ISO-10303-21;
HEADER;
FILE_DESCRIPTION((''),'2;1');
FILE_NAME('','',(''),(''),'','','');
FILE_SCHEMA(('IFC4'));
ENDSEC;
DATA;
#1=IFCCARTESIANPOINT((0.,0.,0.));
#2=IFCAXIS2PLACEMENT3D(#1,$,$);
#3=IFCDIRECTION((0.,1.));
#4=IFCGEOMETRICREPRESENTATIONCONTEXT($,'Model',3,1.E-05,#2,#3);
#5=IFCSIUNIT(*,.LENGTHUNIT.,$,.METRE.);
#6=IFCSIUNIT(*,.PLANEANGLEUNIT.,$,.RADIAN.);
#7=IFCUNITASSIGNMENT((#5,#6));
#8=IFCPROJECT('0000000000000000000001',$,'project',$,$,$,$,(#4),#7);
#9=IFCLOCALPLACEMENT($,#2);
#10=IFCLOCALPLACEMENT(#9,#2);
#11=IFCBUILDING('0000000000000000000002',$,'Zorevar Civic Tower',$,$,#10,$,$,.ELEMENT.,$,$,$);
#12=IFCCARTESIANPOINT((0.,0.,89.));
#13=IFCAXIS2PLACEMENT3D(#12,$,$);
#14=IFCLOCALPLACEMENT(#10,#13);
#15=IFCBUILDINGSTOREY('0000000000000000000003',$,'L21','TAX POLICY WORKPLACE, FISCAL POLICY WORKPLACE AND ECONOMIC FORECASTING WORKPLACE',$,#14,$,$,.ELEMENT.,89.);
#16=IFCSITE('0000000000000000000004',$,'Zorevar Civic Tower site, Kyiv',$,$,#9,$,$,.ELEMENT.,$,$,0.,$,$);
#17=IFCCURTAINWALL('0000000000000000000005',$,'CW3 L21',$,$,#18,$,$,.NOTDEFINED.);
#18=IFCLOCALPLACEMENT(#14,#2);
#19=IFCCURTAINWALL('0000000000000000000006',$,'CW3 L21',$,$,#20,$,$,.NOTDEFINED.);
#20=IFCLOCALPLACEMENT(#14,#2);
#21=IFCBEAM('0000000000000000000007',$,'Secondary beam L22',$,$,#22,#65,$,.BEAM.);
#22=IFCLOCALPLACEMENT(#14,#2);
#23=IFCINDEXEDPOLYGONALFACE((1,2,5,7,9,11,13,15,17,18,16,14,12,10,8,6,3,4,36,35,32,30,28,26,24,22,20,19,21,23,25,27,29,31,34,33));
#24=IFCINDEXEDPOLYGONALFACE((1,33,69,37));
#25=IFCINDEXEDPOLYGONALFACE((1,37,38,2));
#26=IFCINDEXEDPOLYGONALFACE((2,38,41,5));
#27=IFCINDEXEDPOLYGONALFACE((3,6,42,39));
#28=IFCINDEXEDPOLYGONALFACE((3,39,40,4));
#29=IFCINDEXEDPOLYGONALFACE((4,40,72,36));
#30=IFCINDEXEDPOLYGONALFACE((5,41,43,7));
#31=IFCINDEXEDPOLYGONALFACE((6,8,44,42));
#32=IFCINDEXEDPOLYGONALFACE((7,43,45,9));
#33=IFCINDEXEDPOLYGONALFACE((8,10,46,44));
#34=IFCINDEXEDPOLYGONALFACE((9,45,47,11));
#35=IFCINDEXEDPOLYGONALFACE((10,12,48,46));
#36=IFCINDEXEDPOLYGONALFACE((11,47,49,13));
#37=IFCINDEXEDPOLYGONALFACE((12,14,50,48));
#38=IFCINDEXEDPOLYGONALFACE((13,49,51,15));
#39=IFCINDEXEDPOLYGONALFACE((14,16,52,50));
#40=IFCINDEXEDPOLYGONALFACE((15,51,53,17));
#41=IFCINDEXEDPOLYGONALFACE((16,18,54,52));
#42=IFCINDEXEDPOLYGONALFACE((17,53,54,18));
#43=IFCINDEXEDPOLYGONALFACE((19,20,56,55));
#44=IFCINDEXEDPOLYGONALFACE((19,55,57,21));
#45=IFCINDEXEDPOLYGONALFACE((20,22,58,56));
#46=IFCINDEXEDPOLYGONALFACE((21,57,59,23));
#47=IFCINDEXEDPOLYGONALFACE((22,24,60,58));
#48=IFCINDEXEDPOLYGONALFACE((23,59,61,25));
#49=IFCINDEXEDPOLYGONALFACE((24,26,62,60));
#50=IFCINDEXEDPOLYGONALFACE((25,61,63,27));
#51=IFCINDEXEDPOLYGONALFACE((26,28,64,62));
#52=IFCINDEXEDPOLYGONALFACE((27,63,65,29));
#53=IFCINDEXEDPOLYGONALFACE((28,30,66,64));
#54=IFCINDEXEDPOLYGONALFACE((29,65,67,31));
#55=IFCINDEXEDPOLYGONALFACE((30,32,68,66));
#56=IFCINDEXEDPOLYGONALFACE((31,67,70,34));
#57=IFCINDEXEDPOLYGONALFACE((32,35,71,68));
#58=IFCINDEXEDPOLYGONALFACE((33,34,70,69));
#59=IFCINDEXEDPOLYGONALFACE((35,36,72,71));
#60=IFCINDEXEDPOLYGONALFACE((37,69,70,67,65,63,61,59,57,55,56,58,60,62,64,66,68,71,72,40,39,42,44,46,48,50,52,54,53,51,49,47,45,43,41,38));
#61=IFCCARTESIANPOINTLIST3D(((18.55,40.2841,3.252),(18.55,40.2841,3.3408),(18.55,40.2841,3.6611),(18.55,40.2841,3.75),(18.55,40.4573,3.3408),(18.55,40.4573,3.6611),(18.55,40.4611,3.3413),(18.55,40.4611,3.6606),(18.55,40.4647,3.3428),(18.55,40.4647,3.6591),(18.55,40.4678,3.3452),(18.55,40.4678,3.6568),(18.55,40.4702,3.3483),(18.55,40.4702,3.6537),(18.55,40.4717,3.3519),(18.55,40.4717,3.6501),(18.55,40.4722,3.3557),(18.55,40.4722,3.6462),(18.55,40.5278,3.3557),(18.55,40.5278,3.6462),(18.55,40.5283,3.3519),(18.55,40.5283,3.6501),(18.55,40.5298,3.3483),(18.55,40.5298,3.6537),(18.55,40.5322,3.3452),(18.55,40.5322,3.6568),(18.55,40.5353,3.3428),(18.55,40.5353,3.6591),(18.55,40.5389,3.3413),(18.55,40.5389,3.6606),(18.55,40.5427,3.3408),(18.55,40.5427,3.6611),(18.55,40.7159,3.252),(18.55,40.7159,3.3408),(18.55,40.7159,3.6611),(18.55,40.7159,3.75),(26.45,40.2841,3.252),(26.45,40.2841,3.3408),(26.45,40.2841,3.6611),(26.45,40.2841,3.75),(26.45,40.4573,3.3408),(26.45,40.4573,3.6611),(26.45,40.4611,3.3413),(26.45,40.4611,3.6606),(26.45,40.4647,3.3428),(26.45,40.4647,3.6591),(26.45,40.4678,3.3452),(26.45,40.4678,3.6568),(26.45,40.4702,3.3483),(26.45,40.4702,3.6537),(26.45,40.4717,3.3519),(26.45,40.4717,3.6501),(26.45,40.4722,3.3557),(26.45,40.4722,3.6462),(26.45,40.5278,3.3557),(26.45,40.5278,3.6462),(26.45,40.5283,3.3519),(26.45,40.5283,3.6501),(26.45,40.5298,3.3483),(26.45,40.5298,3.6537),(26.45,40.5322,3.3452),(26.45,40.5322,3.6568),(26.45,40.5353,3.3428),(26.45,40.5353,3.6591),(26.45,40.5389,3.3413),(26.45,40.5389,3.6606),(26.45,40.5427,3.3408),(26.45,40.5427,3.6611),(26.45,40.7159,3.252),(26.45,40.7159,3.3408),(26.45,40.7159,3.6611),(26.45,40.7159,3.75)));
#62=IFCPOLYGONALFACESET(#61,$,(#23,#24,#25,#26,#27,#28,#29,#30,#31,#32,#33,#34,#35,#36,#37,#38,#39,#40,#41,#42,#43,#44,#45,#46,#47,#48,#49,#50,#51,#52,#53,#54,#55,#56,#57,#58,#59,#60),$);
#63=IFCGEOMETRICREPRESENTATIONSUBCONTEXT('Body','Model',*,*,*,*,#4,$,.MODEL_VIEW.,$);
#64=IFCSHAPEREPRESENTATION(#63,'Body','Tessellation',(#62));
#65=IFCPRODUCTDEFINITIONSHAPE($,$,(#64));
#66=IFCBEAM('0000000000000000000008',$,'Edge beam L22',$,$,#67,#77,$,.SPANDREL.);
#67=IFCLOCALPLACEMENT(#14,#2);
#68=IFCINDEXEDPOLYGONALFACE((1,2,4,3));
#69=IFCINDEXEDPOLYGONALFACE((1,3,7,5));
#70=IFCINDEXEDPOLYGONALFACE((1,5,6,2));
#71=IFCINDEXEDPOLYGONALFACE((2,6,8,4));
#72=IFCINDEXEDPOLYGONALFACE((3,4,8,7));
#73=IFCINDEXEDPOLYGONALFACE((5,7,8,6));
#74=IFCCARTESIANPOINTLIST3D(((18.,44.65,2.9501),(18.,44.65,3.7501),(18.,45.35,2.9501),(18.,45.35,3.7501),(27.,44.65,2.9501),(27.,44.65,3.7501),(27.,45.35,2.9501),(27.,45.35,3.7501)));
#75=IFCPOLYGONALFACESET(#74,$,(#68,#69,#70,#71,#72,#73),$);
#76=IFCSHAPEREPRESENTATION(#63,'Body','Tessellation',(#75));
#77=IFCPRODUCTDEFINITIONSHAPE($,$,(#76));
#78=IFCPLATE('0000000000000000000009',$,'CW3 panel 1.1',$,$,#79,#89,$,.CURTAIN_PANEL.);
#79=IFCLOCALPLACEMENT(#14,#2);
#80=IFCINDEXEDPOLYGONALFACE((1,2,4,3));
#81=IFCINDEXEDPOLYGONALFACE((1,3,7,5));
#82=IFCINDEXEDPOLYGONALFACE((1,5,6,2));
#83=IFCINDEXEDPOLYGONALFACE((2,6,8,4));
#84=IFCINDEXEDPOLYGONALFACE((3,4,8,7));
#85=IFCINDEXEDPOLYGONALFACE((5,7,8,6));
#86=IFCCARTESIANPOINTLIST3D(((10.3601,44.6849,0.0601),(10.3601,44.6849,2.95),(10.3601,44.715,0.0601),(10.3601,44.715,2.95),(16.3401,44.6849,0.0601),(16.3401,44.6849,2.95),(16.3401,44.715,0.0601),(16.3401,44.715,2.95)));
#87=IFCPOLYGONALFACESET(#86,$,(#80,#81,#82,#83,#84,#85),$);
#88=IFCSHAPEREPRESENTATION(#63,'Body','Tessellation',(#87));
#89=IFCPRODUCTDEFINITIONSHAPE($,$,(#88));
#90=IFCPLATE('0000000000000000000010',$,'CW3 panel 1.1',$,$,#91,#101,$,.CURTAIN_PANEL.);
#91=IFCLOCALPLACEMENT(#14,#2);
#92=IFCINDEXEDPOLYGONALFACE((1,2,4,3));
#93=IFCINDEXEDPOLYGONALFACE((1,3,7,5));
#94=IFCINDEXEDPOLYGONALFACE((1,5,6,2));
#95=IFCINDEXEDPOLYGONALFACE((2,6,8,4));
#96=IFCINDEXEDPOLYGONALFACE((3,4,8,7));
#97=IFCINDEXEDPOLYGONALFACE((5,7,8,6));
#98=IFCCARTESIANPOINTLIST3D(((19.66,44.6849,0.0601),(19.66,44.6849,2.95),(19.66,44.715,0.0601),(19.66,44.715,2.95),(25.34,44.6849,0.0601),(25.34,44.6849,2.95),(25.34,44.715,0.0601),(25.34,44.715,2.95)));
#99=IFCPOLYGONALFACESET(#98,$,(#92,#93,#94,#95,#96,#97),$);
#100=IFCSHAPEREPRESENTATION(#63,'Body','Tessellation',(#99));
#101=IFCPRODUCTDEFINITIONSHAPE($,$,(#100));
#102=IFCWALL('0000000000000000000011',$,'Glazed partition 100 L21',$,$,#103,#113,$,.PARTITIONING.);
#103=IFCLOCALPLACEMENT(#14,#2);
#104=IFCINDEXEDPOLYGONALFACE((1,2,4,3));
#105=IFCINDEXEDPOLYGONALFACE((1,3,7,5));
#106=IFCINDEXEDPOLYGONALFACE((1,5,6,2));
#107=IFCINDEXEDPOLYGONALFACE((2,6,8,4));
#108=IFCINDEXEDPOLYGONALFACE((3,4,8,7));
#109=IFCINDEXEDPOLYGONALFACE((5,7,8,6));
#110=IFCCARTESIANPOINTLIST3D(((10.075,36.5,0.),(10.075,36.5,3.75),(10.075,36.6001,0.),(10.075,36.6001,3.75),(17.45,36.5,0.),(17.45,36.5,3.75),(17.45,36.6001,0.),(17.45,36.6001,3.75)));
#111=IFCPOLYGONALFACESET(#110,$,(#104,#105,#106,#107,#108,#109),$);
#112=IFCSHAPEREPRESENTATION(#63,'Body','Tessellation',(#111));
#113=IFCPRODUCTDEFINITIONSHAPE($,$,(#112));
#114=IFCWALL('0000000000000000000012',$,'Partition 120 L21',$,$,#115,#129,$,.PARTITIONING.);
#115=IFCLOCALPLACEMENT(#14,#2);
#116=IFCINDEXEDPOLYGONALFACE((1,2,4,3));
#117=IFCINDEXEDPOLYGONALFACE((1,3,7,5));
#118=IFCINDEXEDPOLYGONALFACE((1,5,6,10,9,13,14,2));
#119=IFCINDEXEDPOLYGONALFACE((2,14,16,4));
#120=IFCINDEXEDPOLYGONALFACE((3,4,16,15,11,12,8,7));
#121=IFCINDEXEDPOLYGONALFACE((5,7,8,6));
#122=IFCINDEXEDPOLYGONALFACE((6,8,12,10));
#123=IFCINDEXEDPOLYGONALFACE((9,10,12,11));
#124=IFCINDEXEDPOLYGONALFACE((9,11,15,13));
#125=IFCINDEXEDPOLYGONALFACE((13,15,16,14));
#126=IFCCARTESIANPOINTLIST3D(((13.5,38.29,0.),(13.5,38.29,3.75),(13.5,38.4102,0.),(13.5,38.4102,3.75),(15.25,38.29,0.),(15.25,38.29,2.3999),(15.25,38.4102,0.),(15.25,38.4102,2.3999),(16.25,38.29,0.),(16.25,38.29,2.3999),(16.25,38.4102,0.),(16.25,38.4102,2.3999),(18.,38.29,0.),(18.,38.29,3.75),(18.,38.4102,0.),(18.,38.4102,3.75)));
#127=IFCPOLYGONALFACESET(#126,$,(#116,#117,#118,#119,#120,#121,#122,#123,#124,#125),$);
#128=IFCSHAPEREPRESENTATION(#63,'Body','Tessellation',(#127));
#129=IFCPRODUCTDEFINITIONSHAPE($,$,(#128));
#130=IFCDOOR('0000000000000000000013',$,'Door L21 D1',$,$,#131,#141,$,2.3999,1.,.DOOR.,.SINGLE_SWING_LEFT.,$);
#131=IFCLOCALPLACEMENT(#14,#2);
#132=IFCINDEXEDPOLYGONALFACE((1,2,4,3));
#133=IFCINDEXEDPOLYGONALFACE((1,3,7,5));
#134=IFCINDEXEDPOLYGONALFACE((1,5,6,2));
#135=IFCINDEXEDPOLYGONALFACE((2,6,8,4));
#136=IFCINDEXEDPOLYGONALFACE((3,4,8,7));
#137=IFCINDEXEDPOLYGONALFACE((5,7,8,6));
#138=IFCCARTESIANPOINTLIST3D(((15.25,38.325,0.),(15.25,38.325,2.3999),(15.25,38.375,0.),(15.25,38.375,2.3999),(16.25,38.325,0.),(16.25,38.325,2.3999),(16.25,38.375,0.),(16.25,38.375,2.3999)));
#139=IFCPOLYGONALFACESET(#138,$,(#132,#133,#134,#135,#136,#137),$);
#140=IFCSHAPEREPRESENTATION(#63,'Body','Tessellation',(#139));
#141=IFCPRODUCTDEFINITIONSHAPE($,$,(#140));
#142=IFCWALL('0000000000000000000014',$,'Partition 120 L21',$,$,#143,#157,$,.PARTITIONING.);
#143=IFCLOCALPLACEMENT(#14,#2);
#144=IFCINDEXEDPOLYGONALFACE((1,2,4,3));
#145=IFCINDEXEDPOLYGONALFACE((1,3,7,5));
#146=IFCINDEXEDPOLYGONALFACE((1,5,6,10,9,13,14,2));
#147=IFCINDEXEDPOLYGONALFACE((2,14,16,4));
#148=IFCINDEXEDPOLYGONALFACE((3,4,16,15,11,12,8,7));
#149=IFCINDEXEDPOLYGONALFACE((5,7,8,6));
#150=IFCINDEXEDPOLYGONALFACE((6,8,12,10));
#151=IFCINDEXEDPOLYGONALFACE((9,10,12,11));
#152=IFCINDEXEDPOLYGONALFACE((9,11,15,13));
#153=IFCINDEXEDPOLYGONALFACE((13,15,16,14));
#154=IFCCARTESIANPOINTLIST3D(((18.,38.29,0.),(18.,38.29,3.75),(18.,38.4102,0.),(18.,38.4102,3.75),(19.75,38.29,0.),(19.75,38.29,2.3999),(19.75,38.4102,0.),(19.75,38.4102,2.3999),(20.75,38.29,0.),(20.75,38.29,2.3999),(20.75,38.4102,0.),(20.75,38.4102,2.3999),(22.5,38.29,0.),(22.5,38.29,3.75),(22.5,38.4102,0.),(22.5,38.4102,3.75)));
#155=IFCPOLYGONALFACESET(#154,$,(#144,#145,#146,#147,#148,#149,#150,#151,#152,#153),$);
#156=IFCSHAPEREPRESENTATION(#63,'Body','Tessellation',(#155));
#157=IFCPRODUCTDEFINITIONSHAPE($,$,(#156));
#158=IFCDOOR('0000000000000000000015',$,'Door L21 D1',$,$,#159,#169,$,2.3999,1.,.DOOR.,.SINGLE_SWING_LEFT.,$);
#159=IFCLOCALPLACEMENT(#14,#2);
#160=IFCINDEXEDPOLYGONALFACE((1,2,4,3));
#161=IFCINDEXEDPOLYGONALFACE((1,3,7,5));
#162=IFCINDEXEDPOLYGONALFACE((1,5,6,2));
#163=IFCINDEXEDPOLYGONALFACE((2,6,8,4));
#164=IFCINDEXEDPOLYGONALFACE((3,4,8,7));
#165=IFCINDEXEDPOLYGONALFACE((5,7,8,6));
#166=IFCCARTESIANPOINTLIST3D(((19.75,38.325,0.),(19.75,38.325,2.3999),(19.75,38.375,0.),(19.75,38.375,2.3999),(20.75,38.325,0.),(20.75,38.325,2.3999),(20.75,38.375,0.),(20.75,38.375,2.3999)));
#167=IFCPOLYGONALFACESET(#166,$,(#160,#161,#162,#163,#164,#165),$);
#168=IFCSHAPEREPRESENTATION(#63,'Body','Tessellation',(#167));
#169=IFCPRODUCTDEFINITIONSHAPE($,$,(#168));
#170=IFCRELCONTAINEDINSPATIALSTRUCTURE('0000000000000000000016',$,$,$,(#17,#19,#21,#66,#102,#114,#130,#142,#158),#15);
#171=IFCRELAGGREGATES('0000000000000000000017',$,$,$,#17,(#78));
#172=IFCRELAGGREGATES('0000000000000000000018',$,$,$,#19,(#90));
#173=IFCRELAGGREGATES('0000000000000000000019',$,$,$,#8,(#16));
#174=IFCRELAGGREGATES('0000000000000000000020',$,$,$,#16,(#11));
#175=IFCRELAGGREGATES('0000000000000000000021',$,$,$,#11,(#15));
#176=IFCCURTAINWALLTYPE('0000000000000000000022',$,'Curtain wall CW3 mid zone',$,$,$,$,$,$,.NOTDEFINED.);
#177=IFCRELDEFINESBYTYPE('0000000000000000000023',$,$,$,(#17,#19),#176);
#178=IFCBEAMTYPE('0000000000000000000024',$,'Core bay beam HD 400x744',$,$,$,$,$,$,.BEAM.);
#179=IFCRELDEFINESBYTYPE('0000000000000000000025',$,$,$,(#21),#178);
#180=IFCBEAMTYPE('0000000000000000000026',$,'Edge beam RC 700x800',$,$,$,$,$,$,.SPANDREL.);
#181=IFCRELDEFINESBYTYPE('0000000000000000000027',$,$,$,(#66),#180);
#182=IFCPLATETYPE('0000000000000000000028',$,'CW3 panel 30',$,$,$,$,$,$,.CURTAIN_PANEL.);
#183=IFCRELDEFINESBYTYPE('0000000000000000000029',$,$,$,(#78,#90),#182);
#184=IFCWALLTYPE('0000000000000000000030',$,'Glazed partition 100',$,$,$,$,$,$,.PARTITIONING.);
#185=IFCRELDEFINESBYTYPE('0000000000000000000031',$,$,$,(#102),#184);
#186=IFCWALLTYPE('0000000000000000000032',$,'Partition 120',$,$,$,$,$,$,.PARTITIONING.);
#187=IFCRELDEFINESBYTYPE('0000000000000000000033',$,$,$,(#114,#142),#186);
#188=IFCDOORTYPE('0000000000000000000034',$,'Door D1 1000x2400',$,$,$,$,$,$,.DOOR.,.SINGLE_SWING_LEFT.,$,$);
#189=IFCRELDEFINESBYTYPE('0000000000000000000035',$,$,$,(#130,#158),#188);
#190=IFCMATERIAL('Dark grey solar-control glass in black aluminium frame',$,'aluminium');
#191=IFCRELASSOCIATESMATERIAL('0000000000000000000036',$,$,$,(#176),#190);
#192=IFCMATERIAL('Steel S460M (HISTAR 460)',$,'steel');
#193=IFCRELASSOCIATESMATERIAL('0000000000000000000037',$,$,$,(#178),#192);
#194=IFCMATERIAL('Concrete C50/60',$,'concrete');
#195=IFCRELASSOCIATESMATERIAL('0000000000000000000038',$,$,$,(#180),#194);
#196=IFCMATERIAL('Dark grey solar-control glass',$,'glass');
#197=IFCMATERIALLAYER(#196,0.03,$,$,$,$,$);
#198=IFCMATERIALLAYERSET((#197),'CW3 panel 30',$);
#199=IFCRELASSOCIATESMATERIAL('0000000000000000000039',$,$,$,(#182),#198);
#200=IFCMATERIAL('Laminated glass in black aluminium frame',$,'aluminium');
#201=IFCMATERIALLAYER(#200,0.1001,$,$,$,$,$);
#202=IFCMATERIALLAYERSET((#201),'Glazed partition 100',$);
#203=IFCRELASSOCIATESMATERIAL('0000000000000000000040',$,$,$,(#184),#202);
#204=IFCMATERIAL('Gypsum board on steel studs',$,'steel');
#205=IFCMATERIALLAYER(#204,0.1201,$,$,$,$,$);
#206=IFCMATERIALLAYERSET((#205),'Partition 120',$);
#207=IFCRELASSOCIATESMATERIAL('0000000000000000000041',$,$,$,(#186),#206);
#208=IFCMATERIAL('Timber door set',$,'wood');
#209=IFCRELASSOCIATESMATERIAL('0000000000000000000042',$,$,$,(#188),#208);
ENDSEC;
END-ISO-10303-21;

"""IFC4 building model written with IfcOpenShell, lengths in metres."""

from ifc_helpers import new_model, si_unit, direction, frame, frame_2d, origin, origin_2d, place, context, subcontext, project, spatial, rectangle, i_section, extrude, material, layer, layer_set, material_profile, profile_set, type_object, element, fill, aggregate, save


model = new_model("IFC4")

# Units and contexts
model_context = context("Model", 3, precision=1e-05, world=origin(), true_north=direction((0.0, 1.0)))
body_context = subcontext(model_context, "Body", "Model", "MODEL_VIEW")
ifc_project = project(units=[si_unit("LENGTHUNIT", "METRE"), si_unit("PLANEANGLEUNIT", "RADIAN")], contexts=[model_context])

# Site, building, storey
site_placement = place(None, origin())
site = spatial("IfcSite", under=ifc_project, at=site_placement, Name="Zorevar Civic Tower site, Kyiv", CompositionType="ELEMENT", RefElevation=0.0)
building_placement = place(site_placement, origin())
building = spatial("IfcBuilding", under=site, at=building_placement, Name="Zorevar Civic Tower", CompositionType="ELEMENT")
storey_placement = place(building_placement, frame((0.0, 0.0, 89.0)))
storey = spatial("IfcBuildingStorey", under=building, at=storey_placement, Name="L21", Description="TAX POLICY WORKPLACE, FISCAL POLICY WORKPLACE AND ECONOMIC FORECASTING WORKPLACE", CompositionType="ELEMENT", Elevation=89.0)

# Curtain walls
ifc_material_1 = material(Name="Dark grey solar-control glass in black aluminium frame", Category="aluminium")
curtain_wall_type = type_object("IfcCurtainWallType", Name="Curtain wall CW3 mid zone", PredefinedType="NOTDEFINED", material=ifc_material_1)
curtain_wall_1_placement = place(storey_placement, origin())
curtain_wall_1 = element("IfcCurtainWall", 1, at=curtain_wall_1_placement, inside=storey, type_object=curtain_wall_type, Name="CW3 L21", PredefinedType="NOTDEFINED")
curtain_wall_2_placement = place(storey_placement, origin())
curtain_wall_2 = element("IfcCurtainWall", 2, at=curtain_wall_2_placement, inside=storey, type_object=curtain_wall_type, Name="CW3 L21", PredefinedType="NOTDEFINED")

# Beams
ifc_material_2 = material(Name="Steel S460M (HISTAR 460)", Category="steel")
ifc_material_profile_1 = material_profile(ifc_material_2, i_section(OverallWidth=0.4319, OverallDepth=0.498, WebThickness=0.0557, FlangeThickness=0.0889, FilletRadius=0.0149, at=origin_2d()), Name="HD 400x744")
ifc_profile_set_1 = profile_set([ifc_material_profile_1], Name="Steel S460M (HISTAR 460)")
beam_type_1 = type_object("IfcBeamType", Name="Core bay beam HD 400x744", PredefinedType="BEAM", material=ifc_profile_set_1)
beam_1_placement = place(storey_placement, frame((18.55, 40.5, 3.501), z_axis=(1.0, 0.0, 0.0), x_axis=(0.0, 1.0, 0.0)))
element("IfcBeam", 3, at=beam_1_placement, inside=storey, type_object=beam_type_1, Name="Secondary beam L22", PredefinedType="BEAM", context=body_context, shape_type="SweptSolid", body=[
    extrude(i_section(OverallWidth=0.4319, OverallDepth=0.498, WebThickness=0.0557, FlangeThickness=0.0889, FilletRadius=0.0149, at=origin_2d()), origin(), (0.0, 0.0, 1.0), 7.8999),
])
ifc_material_3 = material(Name="Concrete C50/60", Category="concrete")
ifc_material_profile_2 = material_profile(ifc_material_3, rectangle(XDim=0.7, YDim=0.8, at=origin_2d()), Name="RC 700x800")
ifc_profile_set_2 = profile_set([ifc_material_profile_2], Name="Concrete C50/60")
beam_type_2 = type_object("IfcBeamType", Name="Edge beam RC 700x800", PredefinedType="SPANDREL", material=ifc_profile_set_2)
beam_2_placement = place(storey_placement, frame((18.0, 45.0, 3.3501), z_axis=(1.0, 0.0, 0.0), x_axis=(0.0, 1.0, 0.0)))
element("IfcBeam", 4, at=beam_2_placement, inside=storey, type_object=beam_type_2, Name="Edge beam L22", PredefinedType="SPANDREL", context=body_context, shape_type="SweptSolid", body=[
    extrude(rectangle(XDim=0.7, YDim=0.8, at=origin_2d()), origin(), (0.0, 0.0, 1.0), 9.0),
])

# Plates
ifc_material_4 = material(Name="Dark grey solar-control glass", Category="glass")
ifc_layer_1 = layer(ifc_material_4, 0.03)
ifc_layer_set_1 = layer_set([ifc_layer_1], Name="CW3 panel 30")
plate_type = type_object("IfcPlateType", Name="CW3 panel 30", PredefinedType="CURTAIN_PANEL", material=ifc_layer_set_1)
plate_1_placement = place(storey_placement, frame((13.3501, 44.7, 0.0601), z_axis=(0.0, 0.0, 1.0), x_axis=(1.0, 0.0, 0.0)))
plate_1 = element("IfcPlate", 5, at=plate_1_placement, type_object=plate_type, Name="CW3 panel 1.1", PredefinedType="CURTAIN_PANEL", context=body_context, shape_type="SweptSolid", body=[
    extrude(rectangle(XDim=5.98, YDim=0.03, at=origin_2d()), origin(), (0.0, 0.0, 1.0), 2.8899),
])
aggregate(curtain_wall_1, [plate_1])
plate_2_placement = place(storey_placement, frame((22.5, 44.7, 0.0601), z_axis=(0.0, 0.0, 1.0), x_axis=(1.0, 0.0, 0.0)))
plate_2 = element("IfcPlate", 6, at=plate_2_placement, type_object=plate_type, Name="CW3 panel 1.1", PredefinedType="CURTAIN_PANEL", context=body_context, shape_type="SweptSolid", body=[
    extrude(rectangle(XDim=5.6799, YDim=0.03, at=origin_2d()), origin(), (0.0, 0.0, 1.0), 2.8899),
])
aggregate(curtain_wall_2, [plate_2])

# Wall
ifc_material_5 = material(Name="Laminated glass in black aluminium frame", Category="aluminium")
ifc_layer_2 = layer(ifc_material_5, 0.1001)
ifc_layer_set_2 = layer_set([ifc_layer_2], Name="Glazed partition 100")
wall_type_1 = type_object("IfcWallType", Name="Glazed partition 100", PredefinedType="PARTITIONING", material=ifc_layer_set_2)
wall_1_placement = place(storey_placement, frame((10.075, 36.55, 0.0), z_axis=(0.0, 0.0, 1.0), x_axis=(1.0, 0.0, 0.0)))
element("IfcWall", 7, at=wall_1_placement, inside=storey, type_object=wall_type_1, Name="Glazed partition 100 L21", PredefinedType="PARTITIONING", context=body_context, shape_type="SweptSolid", body=[
    extrude(rectangle(XDim=7.375, YDim=0.1001, at=frame_2d((3.6875, 0.0))), origin(), (0.0, 0.0, 1.0), 3.75),
])

# Walls, openings, doors
ifc_material_6 = material(Name="Gypsum board on steel studs", Category="steel")
ifc_layer_3 = layer(ifc_material_6, 0.1201)
ifc_layer_set_3 = layer_set([ifc_layer_3], Name="Partition 120")
wall_type_2 = type_object("IfcWallType", Name="Partition 120", PredefinedType="PARTITIONING", material=ifc_layer_set_3)
wall_2_placement = place(storey_placement, frame((13.5, 38.3501, 0.0), z_axis=(0.0, 0.0, 1.0), x_axis=(1.0, 0.0, 0.0)))
wall_2 = element("IfcWall", 8, at=wall_2_placement, inside=storey, type_object=wall_type_2, Name="Partition 120 L21", PredefinedType="PARTITIONING", context=body_context, shape_type="SweptSolid", body=[
    extrude(rectangle(XDim=4.5, YDim=0.1201, at=frame_2d((2.25, 0.0))), origin(), (0.0, 0.0, 1.0), 3.75),
])
opening_1_placement = place(wall_2_placement, frame((1.75, 0.0, 0.0)))
opening_1 = element("IfcOpeningElement", 9, at=opening_1_placement, cuts=wall_2, PredefinedType="OPENING", context=body_context, shape_type="SweptSolid", body=[
    extrude(rectangle(XDim=1.0, YDim=2.3999, at=frame_2d((0.5, 1.2))), frame((0.0, 0.0701, 0.0), z_axis=(0.0, -1.0, 0.0), x_axis=(1.0, 0.0, 0.0)), (0.0, 0.0, 1.0), 0.1401),
])
ifc_material_7 = material(Name="Timber door set", Category="wood")
door_type_1 = type_object("IfcDoorType", Name="Door D1 1000x2400", OperationType="SINGLE_SWING_LEFT", PredefinedType="DOOR", material=ifc_material_7)
door_1_placement = place(opening_1_placement, origin())
door_1 = element("IfcDoor", 10, at=door_1_placement, inside=storey, type_object=door_type_1, Name="Door L21 D1", OperationType="SINGLE_SWING_LEFT", OverallHeight=2.3999, OverallWidth=1.0, PredefinedType="DOOR", context=body_context, shape_type="SweptSolid", body=[
    extrude(rectangle(XDim=1.0, YDim=2.3999, at=frame_2d((0.5, 1.2))), frame((0.0, 0.0249, 0.0), z_axis=(0.0, -1.0, 0.0), x_axis=(1.0, 0.0, 0.0)), (0.0, 0.0, 1.0), 0.05),
])
fill(opening_1, door_1)
wall_3_placement = place(storey_placement, frame((18.0, 38.3501, 0.0), z_axis=(0.0, 0.0, 1.0), x_axis=(1.0, 0.0, 0.0)))
wall_3 = element("IfcWall", 11, at=wall_3_placement, inside=storey, type_object=wall_type_2, Name="Partition 120 L21", PredefinedType="PARTITIONING", context=body_context, shape_type="SweptSolid", body=[
    extrude(rectangle(XDim=4.5, YDim=0.1201, at=frame_2d((2.25, 0.0))), origin(), (0.0, 0.0, 1.0), 3.75),
])
opening_2_placement = place(wall_3_placement, frame((1.75, 0.0, 0.0)))
opening_2 = element("IfcOpeningElement", 12, at=opening_2_placement, cuts=wall_3, PredefinedType="OPENING", context=body_context, shape_type="SweptSolid", body=[
    extrude(rectangle(XDim=1.0, YDim=2.3999, at=frame_2d((0.5, 1.2))), frame((0.0, 0.0701, 0.0), z_axis=(0.0, -1.0, 0.0), x_axis=(1.0, 0.0, 0.0)), (0.0, 0.0, 1.0), 0.1401),
])
door_2_placement = place(opening_2_placement, origin())
door_2 = element("IfcDoor", 13, at=door_2_placement, inside=storey, type_object=door_type_1, Name="Door L21 D1", OperationType="SINGLE_SWING_LEFT", OverallHeight=2.3999, OverallWidth=1.0, PredefinedType="DOOR", context=body_context, shape_type="SweptSolid", body=[
    extrude(rectangle(XDim=1.0, YDim=2.3999, at=frame_2d((0.5, 1.2))), frame((0.0, 0.0249, 0.0), z_axis=(0.0, -1.0, 0.0), x_axis=(1.0, 0.0, 0.0)), (0.0, 0.0, 1.0), 0.05),
])
fill(opening_2, door_2)

save(model, "model.ifc")
